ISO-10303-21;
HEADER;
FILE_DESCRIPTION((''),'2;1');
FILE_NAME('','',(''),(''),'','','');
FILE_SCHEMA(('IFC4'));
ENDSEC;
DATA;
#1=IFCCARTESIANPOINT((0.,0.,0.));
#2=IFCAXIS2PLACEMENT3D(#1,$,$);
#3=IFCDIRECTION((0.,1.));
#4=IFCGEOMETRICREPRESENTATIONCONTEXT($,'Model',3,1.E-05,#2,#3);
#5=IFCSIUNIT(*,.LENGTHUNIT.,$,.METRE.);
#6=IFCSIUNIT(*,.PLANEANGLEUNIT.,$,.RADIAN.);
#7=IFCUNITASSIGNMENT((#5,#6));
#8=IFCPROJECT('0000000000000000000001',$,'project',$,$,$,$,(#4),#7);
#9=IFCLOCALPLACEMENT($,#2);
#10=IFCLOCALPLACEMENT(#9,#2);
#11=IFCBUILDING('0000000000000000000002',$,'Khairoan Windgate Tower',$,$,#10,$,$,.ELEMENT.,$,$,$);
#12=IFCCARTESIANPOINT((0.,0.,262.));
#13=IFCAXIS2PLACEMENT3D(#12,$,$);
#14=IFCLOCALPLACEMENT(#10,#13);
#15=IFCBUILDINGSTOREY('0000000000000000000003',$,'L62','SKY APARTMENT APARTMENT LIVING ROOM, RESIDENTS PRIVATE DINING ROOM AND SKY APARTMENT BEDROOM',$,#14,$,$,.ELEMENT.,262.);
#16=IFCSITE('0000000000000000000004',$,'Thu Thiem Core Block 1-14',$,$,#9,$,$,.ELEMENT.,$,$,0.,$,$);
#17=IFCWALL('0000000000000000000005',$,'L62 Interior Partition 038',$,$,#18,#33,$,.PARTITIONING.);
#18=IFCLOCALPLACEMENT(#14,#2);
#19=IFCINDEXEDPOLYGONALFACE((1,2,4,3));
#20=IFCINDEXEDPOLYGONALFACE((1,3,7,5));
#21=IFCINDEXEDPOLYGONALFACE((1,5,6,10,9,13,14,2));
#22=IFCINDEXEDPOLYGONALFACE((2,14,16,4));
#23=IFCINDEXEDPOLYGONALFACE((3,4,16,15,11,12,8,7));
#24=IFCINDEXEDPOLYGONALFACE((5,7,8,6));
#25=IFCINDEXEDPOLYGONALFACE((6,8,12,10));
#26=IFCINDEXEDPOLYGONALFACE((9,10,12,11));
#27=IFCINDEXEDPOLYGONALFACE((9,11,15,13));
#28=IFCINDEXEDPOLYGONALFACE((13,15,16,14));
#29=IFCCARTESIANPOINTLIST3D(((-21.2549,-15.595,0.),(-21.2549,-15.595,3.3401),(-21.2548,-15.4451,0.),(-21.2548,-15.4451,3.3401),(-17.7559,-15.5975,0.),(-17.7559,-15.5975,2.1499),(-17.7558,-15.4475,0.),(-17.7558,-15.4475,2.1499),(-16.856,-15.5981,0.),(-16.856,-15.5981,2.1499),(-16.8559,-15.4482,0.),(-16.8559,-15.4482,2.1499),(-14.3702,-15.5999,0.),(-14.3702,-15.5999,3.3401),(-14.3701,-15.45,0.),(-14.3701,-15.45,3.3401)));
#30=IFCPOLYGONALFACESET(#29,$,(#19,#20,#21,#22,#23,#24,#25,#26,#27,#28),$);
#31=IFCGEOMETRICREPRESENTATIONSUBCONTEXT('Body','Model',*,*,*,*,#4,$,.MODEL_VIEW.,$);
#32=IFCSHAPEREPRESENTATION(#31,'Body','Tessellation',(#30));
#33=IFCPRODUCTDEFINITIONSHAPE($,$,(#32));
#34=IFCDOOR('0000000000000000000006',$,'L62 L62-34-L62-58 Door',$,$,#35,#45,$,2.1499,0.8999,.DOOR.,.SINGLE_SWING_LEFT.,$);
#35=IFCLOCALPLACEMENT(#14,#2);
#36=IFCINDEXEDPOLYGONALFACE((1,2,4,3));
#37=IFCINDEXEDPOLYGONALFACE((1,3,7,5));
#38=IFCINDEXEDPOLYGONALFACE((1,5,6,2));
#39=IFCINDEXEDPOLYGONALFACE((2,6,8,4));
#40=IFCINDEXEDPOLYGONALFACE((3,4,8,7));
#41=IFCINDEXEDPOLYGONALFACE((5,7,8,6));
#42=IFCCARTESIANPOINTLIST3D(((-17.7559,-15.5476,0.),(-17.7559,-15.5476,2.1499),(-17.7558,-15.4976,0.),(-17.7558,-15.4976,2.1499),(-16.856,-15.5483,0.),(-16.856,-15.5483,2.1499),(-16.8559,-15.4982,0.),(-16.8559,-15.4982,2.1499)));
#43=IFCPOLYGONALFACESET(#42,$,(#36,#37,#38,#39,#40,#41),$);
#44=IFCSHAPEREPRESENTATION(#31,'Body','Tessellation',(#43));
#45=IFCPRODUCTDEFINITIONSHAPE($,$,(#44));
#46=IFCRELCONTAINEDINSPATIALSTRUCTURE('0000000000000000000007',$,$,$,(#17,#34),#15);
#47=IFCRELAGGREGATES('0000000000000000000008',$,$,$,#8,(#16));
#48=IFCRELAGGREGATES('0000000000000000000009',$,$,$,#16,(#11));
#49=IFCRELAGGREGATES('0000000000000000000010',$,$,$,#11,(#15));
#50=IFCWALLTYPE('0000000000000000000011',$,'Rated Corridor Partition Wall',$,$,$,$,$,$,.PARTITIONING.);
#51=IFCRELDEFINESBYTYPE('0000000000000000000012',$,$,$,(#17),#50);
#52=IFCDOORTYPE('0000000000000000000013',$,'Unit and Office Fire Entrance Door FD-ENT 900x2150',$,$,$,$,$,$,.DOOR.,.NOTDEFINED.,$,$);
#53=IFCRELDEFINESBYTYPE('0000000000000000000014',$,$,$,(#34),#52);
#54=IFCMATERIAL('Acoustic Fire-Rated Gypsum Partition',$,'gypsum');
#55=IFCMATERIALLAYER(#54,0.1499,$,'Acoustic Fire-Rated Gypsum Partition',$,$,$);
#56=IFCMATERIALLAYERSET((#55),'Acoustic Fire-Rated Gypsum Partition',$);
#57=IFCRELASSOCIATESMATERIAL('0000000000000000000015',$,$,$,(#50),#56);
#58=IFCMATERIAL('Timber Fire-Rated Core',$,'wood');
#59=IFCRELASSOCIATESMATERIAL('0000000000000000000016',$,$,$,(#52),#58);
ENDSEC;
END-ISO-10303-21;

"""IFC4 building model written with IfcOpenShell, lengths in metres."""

from ifc_helpers import new_model, si_unit, direction, frame, frame_2d, origin, place, context, subcontext, project, spatial, rectangle, extrude, material, layer, layer_set, type_object, element, fill, save


model = new_model("IFC4")

# Units and contexts
model_context = context("Model", 3, precision=1e-05, world=origin(), true_north=direction((0.0, 1.0)))
body_context = subcontext(model_context, "Body", "Model", "MODEL_VIEW")
ifc_project = project(units=[si_unit("LENGTHUNIT", "METRE"), si_unit("PLANEANGLEUNIT", "RADIAN")], contexts=[model_context])

# Site, building, storey
site_placement = place(None, origin())
site = spatial("IfcSite", under=ifc_project, at=site_placement, Name="Thu Thiem Core Block 1-14", CompositionType="ELEMENT", RefElevation=0.0)
building_placement = place(site_placement, origin())
building = spatial("IfcBuilding", under=site, at=building_placement, Name="Khairoan Windgate Tower", CompositionType="ELEMENT")
storey_placement = place(building_placement, frame((0.0, 0.0, 262.0)))
storey = spatial("IfcBuildingStorey", under=building, at=storey_placement, Name="L62", Description="SKY APARTMENT APARTMENT LIVING ROOM, RESIDENTS PRIVATE DINING ROOM AND SKY APARTMENT BEDROOM", CompositionType="ELEMENT", Elevation=262.0)

# Wall, opening, door
ifc_material_1 = material(Name="Acoustic Fire-Rated Gypsum Partition", Category="gypsum")
ifc_layer_1 = layer(ifc_material_1, 0.1499, Name="Acoustic Fire-Rated Gypsum Partition")
ifc_layer_set_1 = layer_set([ifc_layer_1], Name="Acoustic Fire-Rated Gypsum Partition")
wall_type = type_object("IfcWallType", Name="Rated Corridor Partition Wall", PredefinedType="PARTITIONING", material=ifc_layer_set_1)
wall_placement = place(storey_placement, frame((-21.2549, -15.52, 0.0), z_axis=(0.0, 0.0, 1.0), x_axis=(1.0, -0.000709, 0.0)))
wall = element("IfcWall", 1, at=wall_placement, inside=storey, type_object=wall_type, Name="L62 Interior Partition 038", PredefinedType="PARTITIONING", context=body_context, shape_type="SweptSolid", body=[
    extrude(rectangle(XDim=6.8848, YDim=0.1499, at=frame_2d((3.4424, 0.0))), origin(), (0.0, 0.0, 1.0), 3.3401),
])
opening_placement = place(wall_placement, frame((3.499, 0.0, 0.0)))
opening = element("IfcOpeningElement", 2, at=opening_placement, cuts=wall, PredefinedType="OPENING", context=body_context, shape_type="SweptSolid", body=[
    extrude(rectangle(XDim=0.8999, YDim=2.1499, at=frame_2d((0.45, 1.075))), frame((0.0, 0.085, 0.0), z_axis=(0.0, -1.0, 0.0), x_axis=(1.0, 0.0, 0.0)), (0.0, 0.0, 1.0), 0.1699),
])
ifc_material_2 = material(Name="Timber Fire-Rated Core", Category="wood")
door_type = type_object("IfcDoorType", Name="Unit and Office Fire Entrance Door FD-ENT 900x2150", OperationType="NOTDEFINED", PredefinedType="DOOR", material=ifc_material_2)
door_placement = place(opening_placement, origin())
door = element("IfcDoor", 3, at=door_placement, inside=storey, type_object=door_type, Name="L62 L62-34-L62-58 Door", OperationType="SINGLE_SWING_LEFT", OverallHeight=2.1499, OverallWidth=0.8999, PredefinedType="DOOR", context=body_context, shape_type="SweptSolid", body=[
    extrude(rectangle(XDim=0.8999, YDim=2.1499, at=frame_2d((0.45, 1.075))), frame((0.0, 0.0249, 0.0), z_axis=(0.0, -1.0, 0.0), x_axis=(1.0, 0.0, 0.0)), (0.0, 0.0, 1.0), 0.05),
])
fill(opening, door)

save(model, "model.ifc")
